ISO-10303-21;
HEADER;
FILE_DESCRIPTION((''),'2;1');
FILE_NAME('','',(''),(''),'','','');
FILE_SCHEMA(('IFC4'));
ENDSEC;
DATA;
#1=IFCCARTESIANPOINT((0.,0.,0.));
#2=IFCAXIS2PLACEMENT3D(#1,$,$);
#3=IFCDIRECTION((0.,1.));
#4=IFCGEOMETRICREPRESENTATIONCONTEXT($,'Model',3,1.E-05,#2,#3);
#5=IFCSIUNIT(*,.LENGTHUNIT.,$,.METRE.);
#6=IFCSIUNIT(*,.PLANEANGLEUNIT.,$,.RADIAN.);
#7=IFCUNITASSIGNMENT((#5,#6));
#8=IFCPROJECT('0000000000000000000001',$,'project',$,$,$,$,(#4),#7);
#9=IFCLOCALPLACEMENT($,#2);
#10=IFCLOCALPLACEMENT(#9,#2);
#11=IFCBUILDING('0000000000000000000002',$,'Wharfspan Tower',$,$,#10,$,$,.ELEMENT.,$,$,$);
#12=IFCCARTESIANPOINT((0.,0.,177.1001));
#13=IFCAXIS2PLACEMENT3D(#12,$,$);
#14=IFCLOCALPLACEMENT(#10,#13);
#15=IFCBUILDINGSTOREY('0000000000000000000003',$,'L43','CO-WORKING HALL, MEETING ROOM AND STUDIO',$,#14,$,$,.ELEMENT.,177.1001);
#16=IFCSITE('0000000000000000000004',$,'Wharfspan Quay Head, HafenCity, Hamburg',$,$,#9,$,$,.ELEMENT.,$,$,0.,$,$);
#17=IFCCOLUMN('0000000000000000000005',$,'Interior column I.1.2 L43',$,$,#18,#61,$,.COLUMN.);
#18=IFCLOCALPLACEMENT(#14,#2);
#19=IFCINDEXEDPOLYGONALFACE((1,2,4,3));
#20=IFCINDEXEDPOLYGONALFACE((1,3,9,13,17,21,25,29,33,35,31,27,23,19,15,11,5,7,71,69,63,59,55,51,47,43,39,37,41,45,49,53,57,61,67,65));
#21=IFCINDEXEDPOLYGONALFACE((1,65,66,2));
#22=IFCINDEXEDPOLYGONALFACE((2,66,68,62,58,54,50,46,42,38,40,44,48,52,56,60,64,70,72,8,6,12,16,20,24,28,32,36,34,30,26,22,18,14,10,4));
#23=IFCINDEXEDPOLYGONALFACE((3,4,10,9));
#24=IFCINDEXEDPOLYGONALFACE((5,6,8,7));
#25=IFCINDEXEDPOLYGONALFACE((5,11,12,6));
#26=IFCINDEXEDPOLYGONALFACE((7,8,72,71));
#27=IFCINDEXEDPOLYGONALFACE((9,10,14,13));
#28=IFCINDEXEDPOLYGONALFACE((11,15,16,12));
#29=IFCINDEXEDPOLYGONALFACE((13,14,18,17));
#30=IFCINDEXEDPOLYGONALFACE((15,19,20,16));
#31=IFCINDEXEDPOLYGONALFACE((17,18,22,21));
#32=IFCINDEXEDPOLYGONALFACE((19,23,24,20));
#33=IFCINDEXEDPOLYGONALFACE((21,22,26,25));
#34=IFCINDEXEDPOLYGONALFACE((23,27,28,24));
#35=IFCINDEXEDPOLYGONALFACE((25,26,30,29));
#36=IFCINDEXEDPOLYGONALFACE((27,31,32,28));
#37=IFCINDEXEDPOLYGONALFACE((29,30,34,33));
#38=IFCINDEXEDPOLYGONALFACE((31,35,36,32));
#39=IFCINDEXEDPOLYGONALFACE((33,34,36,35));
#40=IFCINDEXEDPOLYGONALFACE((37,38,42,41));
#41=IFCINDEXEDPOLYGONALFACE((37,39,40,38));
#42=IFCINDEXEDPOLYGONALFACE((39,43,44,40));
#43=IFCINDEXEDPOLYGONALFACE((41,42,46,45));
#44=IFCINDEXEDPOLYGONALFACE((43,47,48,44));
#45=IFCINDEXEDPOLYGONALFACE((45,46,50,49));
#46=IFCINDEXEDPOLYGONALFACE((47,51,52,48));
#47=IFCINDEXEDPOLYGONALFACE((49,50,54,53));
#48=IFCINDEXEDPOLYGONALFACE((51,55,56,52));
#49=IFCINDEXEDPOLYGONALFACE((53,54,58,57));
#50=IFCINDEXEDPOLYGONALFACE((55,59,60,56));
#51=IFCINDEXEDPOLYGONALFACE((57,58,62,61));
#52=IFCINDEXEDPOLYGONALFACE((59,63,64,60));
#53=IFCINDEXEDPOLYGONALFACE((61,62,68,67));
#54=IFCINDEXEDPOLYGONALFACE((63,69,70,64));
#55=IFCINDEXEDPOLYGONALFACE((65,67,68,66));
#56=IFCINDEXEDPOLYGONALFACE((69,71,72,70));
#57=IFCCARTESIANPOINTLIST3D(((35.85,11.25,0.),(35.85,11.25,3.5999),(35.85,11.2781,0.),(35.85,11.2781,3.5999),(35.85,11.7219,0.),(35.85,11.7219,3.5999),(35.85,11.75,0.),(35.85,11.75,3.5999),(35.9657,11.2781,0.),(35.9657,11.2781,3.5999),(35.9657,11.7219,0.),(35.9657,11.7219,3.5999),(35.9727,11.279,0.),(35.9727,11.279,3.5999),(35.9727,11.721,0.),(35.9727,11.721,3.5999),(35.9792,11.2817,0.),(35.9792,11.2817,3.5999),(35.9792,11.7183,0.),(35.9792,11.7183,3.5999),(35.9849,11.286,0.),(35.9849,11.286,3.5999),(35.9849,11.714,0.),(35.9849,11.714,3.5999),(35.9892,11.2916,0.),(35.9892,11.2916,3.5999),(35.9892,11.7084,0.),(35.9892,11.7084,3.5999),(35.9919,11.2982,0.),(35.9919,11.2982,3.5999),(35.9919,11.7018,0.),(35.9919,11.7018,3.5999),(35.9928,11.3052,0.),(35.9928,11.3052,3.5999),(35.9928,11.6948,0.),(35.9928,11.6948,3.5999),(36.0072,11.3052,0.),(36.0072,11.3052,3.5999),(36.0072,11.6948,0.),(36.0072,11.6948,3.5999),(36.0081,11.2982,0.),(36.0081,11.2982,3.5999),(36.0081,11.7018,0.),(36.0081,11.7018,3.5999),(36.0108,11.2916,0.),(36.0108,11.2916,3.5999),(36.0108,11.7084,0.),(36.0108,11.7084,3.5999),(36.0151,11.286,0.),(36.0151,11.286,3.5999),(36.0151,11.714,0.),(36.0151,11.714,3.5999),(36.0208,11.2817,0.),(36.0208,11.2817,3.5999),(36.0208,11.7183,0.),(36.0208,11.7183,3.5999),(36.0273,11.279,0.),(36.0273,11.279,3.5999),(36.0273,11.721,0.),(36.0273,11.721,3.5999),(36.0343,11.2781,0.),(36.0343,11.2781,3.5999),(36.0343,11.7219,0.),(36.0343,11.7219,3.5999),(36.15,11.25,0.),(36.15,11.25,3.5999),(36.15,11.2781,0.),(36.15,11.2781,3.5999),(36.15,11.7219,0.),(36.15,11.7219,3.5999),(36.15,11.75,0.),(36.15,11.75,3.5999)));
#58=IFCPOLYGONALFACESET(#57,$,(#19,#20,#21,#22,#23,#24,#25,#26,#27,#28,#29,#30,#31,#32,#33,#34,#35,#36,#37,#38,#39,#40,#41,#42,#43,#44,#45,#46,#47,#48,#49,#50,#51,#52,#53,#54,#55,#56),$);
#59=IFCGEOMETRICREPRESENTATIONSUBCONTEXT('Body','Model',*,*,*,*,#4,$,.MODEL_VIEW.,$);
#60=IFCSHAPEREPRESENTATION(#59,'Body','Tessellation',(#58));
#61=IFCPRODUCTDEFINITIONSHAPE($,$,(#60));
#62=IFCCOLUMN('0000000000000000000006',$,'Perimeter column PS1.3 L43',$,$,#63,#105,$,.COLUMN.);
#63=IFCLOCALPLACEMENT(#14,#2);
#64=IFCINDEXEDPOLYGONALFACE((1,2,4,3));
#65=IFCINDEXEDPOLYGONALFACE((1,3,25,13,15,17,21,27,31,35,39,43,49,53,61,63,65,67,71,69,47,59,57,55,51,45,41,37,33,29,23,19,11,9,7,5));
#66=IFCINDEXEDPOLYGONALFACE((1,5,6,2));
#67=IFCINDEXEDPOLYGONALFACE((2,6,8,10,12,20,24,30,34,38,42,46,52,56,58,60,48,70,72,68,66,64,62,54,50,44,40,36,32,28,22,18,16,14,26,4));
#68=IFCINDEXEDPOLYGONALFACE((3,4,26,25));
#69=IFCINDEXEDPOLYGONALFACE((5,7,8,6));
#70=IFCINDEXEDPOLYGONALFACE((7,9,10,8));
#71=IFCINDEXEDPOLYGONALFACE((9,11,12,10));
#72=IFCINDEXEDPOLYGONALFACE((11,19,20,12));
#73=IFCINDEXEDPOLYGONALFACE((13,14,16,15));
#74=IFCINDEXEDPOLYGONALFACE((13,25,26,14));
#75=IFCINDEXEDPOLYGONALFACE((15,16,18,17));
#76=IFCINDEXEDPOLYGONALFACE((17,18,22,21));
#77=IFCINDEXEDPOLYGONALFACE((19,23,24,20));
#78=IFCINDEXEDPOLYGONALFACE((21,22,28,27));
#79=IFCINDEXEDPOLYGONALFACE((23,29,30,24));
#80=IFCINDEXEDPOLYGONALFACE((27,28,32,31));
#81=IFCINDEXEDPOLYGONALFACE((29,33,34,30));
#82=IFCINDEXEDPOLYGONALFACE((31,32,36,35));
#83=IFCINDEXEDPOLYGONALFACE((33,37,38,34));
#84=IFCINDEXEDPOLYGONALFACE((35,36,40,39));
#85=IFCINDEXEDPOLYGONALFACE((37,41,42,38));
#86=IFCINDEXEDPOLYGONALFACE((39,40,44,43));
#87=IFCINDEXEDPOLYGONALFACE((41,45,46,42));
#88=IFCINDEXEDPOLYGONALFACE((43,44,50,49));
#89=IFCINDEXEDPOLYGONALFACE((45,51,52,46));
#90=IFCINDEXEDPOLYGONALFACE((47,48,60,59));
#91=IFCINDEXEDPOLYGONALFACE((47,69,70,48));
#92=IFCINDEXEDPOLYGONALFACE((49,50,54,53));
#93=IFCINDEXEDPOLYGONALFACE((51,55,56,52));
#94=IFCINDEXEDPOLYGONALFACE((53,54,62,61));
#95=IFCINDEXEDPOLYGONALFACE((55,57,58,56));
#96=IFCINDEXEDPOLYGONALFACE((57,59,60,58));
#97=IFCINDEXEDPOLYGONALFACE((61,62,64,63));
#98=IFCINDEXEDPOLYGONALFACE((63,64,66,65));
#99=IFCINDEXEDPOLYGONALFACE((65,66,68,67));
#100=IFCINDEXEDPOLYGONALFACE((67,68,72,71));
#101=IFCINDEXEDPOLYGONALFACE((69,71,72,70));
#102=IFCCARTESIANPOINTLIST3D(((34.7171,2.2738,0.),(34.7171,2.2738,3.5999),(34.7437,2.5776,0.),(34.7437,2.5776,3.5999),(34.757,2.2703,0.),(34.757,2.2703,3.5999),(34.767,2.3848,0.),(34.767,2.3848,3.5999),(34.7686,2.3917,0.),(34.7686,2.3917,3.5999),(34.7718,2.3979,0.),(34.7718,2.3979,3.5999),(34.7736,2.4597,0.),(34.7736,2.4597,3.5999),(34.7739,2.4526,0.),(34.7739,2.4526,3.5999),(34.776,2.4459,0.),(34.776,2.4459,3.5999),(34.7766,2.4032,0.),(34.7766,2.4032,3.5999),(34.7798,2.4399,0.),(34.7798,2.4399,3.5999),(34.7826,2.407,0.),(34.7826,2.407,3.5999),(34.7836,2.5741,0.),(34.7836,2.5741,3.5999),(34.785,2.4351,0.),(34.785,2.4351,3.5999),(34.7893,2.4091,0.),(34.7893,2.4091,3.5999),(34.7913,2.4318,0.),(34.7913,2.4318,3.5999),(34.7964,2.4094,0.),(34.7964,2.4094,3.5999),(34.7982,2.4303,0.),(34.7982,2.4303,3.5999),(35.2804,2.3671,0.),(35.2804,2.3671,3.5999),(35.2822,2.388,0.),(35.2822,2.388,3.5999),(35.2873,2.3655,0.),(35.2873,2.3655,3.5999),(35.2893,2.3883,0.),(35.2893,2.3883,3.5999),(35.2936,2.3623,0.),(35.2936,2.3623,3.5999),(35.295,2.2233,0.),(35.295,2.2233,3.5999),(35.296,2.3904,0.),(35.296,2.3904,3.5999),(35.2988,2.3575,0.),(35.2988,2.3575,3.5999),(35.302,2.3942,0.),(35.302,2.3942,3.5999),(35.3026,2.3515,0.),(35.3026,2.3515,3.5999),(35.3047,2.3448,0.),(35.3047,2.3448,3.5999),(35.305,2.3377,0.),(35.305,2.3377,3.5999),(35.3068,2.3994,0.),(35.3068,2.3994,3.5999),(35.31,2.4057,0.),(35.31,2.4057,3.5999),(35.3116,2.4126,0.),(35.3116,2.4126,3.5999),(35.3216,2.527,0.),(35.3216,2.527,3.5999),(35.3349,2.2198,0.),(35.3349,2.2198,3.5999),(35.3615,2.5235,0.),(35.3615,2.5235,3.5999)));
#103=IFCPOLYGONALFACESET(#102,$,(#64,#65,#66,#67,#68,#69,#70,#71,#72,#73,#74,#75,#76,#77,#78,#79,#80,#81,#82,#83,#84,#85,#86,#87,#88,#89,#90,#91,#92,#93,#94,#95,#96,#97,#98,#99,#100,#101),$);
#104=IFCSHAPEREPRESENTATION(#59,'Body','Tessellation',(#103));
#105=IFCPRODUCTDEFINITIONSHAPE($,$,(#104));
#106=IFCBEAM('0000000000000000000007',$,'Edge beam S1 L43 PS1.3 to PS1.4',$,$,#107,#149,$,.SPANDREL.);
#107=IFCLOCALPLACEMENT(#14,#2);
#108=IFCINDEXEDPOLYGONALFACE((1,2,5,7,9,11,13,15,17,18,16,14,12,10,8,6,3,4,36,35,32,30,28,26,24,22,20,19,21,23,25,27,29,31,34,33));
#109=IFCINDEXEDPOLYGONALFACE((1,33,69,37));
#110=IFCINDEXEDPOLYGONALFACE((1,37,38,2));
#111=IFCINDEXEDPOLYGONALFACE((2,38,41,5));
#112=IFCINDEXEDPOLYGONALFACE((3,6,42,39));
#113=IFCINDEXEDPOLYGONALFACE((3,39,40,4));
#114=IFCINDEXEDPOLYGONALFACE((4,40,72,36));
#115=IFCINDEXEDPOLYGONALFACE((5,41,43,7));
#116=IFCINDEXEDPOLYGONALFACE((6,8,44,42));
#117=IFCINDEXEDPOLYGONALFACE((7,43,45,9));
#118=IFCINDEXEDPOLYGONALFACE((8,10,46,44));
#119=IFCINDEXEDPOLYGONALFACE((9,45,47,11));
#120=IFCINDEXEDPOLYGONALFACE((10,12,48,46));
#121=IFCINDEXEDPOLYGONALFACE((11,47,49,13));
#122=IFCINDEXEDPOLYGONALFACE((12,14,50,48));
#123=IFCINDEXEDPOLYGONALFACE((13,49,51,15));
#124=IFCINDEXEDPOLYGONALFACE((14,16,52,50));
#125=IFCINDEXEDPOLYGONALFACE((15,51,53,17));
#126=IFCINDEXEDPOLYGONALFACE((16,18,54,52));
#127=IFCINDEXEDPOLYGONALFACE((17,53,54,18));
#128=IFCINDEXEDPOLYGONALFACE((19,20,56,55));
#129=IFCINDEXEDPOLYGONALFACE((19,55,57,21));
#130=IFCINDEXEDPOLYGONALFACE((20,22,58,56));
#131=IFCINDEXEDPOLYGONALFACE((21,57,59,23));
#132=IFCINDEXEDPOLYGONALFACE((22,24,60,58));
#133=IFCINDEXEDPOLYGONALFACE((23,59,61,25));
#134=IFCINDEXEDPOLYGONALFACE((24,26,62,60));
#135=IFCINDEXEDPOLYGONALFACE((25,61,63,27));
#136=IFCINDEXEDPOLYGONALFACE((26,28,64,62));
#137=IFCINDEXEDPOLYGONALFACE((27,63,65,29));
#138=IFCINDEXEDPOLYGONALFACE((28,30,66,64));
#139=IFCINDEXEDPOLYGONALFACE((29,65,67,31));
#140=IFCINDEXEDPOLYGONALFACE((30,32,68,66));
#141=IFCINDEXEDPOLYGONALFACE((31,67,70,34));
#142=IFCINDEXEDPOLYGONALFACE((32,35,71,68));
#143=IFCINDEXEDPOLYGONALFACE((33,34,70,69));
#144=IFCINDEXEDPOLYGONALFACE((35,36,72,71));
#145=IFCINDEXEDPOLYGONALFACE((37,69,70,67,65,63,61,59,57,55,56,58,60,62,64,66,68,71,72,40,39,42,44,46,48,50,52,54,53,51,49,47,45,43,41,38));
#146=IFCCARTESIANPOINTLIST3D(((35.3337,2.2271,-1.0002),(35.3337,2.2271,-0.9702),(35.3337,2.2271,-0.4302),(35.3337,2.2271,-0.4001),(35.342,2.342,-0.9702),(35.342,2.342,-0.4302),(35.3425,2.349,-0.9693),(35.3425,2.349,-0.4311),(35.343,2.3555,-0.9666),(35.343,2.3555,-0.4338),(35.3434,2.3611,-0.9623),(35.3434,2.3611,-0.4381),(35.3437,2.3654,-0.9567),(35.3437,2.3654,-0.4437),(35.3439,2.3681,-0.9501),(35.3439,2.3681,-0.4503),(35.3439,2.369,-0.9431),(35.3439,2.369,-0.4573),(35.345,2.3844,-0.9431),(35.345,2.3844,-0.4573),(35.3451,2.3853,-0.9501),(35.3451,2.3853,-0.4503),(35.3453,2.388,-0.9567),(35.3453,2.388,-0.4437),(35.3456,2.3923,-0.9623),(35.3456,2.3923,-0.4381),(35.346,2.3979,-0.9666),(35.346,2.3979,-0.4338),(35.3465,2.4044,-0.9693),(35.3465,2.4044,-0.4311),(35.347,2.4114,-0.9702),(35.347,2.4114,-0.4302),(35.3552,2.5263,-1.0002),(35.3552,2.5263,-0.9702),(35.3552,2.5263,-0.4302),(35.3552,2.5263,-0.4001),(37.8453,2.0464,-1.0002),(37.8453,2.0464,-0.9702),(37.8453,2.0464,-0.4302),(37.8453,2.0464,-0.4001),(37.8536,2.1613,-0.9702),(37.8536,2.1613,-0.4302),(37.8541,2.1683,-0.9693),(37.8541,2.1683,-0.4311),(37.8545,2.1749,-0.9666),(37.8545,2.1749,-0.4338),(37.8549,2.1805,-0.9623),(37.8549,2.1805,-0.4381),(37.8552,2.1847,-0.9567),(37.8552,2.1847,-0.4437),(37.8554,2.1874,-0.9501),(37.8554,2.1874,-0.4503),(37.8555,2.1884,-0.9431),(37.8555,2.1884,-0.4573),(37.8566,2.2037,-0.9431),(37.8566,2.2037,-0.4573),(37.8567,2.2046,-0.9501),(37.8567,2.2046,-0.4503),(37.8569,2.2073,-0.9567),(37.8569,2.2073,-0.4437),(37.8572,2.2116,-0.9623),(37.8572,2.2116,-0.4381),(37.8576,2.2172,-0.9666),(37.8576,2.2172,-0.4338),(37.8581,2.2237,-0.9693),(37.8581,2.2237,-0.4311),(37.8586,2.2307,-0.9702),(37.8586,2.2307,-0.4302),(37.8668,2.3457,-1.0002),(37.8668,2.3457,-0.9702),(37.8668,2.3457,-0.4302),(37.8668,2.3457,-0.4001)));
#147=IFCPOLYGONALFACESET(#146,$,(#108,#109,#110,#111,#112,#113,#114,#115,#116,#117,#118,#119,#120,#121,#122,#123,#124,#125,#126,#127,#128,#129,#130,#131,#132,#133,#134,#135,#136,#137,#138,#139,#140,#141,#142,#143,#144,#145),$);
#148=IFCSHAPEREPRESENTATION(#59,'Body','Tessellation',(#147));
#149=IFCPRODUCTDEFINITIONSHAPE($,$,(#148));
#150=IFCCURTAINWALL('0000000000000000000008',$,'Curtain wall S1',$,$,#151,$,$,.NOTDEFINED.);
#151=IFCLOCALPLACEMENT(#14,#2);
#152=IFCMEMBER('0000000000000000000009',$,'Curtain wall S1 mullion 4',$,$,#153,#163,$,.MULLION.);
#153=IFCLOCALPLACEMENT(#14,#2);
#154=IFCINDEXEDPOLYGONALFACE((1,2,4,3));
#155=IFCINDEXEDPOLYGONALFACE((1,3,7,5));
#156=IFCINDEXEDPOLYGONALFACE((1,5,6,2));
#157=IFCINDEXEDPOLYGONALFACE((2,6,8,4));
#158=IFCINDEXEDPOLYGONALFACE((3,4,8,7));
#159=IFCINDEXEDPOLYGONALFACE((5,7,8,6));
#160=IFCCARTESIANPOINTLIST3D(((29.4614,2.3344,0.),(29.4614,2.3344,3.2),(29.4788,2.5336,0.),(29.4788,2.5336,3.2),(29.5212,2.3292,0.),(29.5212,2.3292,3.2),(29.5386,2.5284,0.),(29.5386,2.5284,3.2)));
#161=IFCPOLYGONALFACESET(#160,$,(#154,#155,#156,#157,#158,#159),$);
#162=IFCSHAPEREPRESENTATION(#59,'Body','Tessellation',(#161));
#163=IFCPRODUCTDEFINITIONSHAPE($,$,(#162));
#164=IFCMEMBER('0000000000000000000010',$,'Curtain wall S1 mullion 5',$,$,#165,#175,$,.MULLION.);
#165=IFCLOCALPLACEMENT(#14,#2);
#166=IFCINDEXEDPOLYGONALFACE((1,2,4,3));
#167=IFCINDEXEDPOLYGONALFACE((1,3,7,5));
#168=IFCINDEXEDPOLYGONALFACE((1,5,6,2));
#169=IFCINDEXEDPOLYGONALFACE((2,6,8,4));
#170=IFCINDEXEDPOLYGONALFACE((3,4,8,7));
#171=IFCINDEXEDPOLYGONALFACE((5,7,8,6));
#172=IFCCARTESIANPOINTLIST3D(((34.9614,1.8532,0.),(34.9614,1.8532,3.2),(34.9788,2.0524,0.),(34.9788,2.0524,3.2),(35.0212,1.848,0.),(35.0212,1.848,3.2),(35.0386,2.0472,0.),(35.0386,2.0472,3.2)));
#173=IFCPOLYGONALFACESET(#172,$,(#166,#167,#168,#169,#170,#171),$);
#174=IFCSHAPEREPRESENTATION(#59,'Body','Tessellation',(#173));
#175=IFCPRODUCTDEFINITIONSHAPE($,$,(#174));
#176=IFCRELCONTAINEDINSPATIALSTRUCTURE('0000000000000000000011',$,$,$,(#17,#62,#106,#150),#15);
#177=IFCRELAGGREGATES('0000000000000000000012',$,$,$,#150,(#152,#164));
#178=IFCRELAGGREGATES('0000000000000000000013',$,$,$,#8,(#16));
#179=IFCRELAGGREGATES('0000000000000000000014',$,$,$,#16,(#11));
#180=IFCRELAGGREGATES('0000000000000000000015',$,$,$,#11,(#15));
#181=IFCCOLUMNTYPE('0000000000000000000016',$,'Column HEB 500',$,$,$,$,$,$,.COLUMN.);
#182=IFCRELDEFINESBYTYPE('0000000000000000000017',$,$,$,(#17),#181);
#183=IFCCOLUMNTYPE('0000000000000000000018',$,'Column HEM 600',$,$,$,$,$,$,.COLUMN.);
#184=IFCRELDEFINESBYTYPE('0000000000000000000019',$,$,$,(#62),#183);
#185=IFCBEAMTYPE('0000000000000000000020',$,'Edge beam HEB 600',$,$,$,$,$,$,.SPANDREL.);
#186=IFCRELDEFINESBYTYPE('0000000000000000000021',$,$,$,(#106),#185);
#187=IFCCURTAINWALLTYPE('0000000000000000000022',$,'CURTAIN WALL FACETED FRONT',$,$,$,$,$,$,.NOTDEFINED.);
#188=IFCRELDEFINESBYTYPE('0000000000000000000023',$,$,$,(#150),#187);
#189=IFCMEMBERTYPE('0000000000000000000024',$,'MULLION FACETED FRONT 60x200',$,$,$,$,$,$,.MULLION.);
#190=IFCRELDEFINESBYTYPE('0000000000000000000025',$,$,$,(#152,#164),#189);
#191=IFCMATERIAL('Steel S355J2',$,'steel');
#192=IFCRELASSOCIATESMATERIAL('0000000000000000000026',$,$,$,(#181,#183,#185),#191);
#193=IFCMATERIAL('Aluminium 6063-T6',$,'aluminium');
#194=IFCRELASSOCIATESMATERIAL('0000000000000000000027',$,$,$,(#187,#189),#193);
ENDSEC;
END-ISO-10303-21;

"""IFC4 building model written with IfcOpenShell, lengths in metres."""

from ifc_helpers import new_model, si_unit, direction, frame, origin, origin_2d, place, context, subcontext, project, spatial, rectangle, i_section, extrude, material, material_profile, profile_set, type_object, element, aggregate, save


model = new_model("IFC4")

# Units and contexts
model_context = context("Model", 3, precision=1e-05, world=origin(), true_north=direction((0.0, 1.0)))
body_context = subcontext(model_context, "Body", "Model", "MODEL_VIEW")
ifc_project = project(units=[si_unit("LENGTHUNIT", "METRE"), si_unit("PLANEANGLEUNIT", "RADIAN")], contexts=[model_context])

# Site, building, storey
site_placement = place(None, origin())
site = spatial("IfcSite", under=ifc_project, at=site_placement, Name="Wharfspan Quay Head, HafenCity, Hamburg", CompositionType="ELEMENT", RefElevation=0.0)
building_placement = place(site_placement, origin())
building = spatial("IfcBuilding", under=site, at=building_placement, Name="Wharfspan Tower", CompositionType="ELEMENT")
storey_placement = place(building_placement, frame((0.0, 0.0, 177.1001)))
storey = spatial("IfcBuildingStorey", under=building, at=storey_placement, Name="L43", Description="CO-WORKING HALL, MEETING ROOM AND STUDIO", CompositionType="ELEMENT", Elevation=177.1001)

# Columns
ifc_material_1 = material(Name="Steel S355J2", Category="steel")
ifc_material_profile_1 = material_profile(ifc_material_1, i_section(OverallWidth=0.3, OverallDepth=0.5, WebThickness=0.0144, FlangeThickness=0.0281, FilletRadius=0.0271, at=origin_2d()))
ifc_profile_set_1 = profile_set([ifc_material_profile_1], Name="Steel S355J2")
column_type_1 = type_object("IfcColumnType", Name="Column HEB 500", PredefinedType="COLUMN", material=ifc_profile_set_1)
column_1_placement = place(storey_placement, frame((36.0, 11.5, 0.0), z_axis=(0.0, 0.0, 1.0), x_axis=(1.0, 0.0, 0.0)))
element("IfcColumn", 1, at=column_1_placement, inside=storey, type_object=column_type_1, Name="Interior column I.1.2 L43", PredefinedType="COLUMN", context=body_context, shape_type="SweptSolid", body=[
    extrude(i_section(OverallWidth=0.3, OverallDepth=0.5, WebThickness=0.0144, FlangeThickness=0.0281, FilletRadius=0.0271, at=origin_2d()), origin(), (0.0, 0.0, 1.0), 3.5999),
])
ifc_material_profile_2 = material_profile(ifc_material_1, i_section(OverallWidth=0.3049, OverallDepth=0.6201, WebThickness=0.021, FlangeThickness=0.04, FilletRadius=0.0271, at=origin_2d()))
ifc_profile_set_2 = profile_set([ifc_material_profile_2], Name="Steel S355J2")
column_type_2 = type_object("IfcColumnType", Name="Column HEM 600", PredefinedType="COLUMN", material=ifc_profile_set_2)
column_2_placement = place(storey_placement, frame((35.0393, 2.3987, 0.0), z_axis=(0.0, 0.0, 1.0), x_axis=(-0.087156, -0.996198, 0.0)))
element("IfcColumn", 2, at=column_2_placement, inside=storey, type_object=column_type_2, Name="Perimeter column PS1.3 L43", PredefinedType="COLUMN", context=body_context, shape_type="SweptSolid", body=[
    extrude(i_section(OverallWidth=0.3049, OverallDepth=0.6201, WebThickness=0.021, FlangeThickness=0.04, FilletRadius=0.0271, at=origin_2d()), origin(), (0.0, 0.0, 1.0), 3.5999),
])

# Beam
ifc_material_profile_3 = material_profile(ifc_material_1, i_section(OverallWidth=0.3, OverallDepth=0.6001, WebThickness=0.0154, FlangeThickness=0.03, FilletRadius=0.0271, at=origin_2d()))
ifc_profile_set_3 = profile_set([ifc_material_profile_3], Name="Steel S355J2")
beam_type = type_object("IfcBeamType", Name="Edge beam HEB 600", PredefinedType="SPANDREL", material=ifc_profile_set_3)
beam_placement = place(storey_placement, frame((35.3445, 2.3767, -0.7002), z_axis=(0.997423, -0.07175, 0.0), x_axis=(0.07175, 0.997423, 0.0)))
element("IfcBeam", 3, at=beam_placement, inside=storey, type_object=beam_type, Name="Edge beam S1 L43 PS1.3 to PS1.4", PredefinedType="SPANDREL", context=body_context, shape_type="SweptSolid", body=[
    extrude(i_section(OverallWidth=0.3, OverallDepth=0.6001, WebThickness=0.0154, FlangeThickness=0.03, FilletRadius=0.0271, at=origin_2d()), origin(), (0.0, 0.0, 1.0), 2.5181),
])

# Curtain wall, members
ifc_material_2 = material(Name="Aluminium 6063-T6", Category="aluminium")
curtain_wall_type = type_object("IfcCurtainWallType", Name="CURTAIN WALL FACETED FRONT", PredefinedType="NOTDEFINED", material=ifc_material_2)
curtain_wall_placement = place(storey_placement, origin())
curtain_wall = element("IfcCurtainWall", 4, at=curtain_wall_placement, inside=storey, type_object=curtain_wall_type, Name="Curtain wall S1", PredefinedType="NOTDEFINED")
ifc_material_profile_4 = material_profile(ifc_material_2, rectangle(XDim=0.2, YDim=0.0601, at=origin_2d()))
ifc_profile_set_4 = profile_set([ifc_material_profile_4], Name="Aluminium 6063-T6")
member_type_1 = type_object("IfcMemberType", Name="MULLION FACETED FRONT 60x200", PredefinedType="MULLION", material=ifc_profile_set_4)
member_1_placement = place(storey_placement, frame((29.5, 2.4314, 0.0), z_axis=(0.0, 0.0, 1.0), x_axis=(0.087156, 0.996198, 0.0)))
member_1 = element("IfcMember", 5, at=member_1_placement, type_object=member_type_1, Name="Curtain wall S1 mullion 4", PredefinedType="MULLION", context=body_context, shape_type="SweptSolid", body=[
    extrude(rectangle(XDim=0.2, YDim=0.0601, at=origin_2d()), origin(), (0.0, 0.0, 1.0), 3.2),
])
member_2_placement = place(storey_placement, frame((35.0, 1.9502, 0.0), z_axis=(0.0, 0.0, 1.0), x_axis=(0.087156, 0.996198, 0.0)))
member_2 = element("IfcMember", 6, at=member_2_placement, type_object=member_type_1, Name="Curtain wall S1 mullion 5", PredefinedType="MULLION", context=body_context, shape_type="SweptSolid", body=[
    extrude(rectangle(XDim=0.2, YDim=0.0601, at=origin_2d()), origin(), (0.0, 0.0, 1.0), 3.2),
])

aggregate(curtain_wall, [member_1, member_2])

save(model, "model.ifc")
